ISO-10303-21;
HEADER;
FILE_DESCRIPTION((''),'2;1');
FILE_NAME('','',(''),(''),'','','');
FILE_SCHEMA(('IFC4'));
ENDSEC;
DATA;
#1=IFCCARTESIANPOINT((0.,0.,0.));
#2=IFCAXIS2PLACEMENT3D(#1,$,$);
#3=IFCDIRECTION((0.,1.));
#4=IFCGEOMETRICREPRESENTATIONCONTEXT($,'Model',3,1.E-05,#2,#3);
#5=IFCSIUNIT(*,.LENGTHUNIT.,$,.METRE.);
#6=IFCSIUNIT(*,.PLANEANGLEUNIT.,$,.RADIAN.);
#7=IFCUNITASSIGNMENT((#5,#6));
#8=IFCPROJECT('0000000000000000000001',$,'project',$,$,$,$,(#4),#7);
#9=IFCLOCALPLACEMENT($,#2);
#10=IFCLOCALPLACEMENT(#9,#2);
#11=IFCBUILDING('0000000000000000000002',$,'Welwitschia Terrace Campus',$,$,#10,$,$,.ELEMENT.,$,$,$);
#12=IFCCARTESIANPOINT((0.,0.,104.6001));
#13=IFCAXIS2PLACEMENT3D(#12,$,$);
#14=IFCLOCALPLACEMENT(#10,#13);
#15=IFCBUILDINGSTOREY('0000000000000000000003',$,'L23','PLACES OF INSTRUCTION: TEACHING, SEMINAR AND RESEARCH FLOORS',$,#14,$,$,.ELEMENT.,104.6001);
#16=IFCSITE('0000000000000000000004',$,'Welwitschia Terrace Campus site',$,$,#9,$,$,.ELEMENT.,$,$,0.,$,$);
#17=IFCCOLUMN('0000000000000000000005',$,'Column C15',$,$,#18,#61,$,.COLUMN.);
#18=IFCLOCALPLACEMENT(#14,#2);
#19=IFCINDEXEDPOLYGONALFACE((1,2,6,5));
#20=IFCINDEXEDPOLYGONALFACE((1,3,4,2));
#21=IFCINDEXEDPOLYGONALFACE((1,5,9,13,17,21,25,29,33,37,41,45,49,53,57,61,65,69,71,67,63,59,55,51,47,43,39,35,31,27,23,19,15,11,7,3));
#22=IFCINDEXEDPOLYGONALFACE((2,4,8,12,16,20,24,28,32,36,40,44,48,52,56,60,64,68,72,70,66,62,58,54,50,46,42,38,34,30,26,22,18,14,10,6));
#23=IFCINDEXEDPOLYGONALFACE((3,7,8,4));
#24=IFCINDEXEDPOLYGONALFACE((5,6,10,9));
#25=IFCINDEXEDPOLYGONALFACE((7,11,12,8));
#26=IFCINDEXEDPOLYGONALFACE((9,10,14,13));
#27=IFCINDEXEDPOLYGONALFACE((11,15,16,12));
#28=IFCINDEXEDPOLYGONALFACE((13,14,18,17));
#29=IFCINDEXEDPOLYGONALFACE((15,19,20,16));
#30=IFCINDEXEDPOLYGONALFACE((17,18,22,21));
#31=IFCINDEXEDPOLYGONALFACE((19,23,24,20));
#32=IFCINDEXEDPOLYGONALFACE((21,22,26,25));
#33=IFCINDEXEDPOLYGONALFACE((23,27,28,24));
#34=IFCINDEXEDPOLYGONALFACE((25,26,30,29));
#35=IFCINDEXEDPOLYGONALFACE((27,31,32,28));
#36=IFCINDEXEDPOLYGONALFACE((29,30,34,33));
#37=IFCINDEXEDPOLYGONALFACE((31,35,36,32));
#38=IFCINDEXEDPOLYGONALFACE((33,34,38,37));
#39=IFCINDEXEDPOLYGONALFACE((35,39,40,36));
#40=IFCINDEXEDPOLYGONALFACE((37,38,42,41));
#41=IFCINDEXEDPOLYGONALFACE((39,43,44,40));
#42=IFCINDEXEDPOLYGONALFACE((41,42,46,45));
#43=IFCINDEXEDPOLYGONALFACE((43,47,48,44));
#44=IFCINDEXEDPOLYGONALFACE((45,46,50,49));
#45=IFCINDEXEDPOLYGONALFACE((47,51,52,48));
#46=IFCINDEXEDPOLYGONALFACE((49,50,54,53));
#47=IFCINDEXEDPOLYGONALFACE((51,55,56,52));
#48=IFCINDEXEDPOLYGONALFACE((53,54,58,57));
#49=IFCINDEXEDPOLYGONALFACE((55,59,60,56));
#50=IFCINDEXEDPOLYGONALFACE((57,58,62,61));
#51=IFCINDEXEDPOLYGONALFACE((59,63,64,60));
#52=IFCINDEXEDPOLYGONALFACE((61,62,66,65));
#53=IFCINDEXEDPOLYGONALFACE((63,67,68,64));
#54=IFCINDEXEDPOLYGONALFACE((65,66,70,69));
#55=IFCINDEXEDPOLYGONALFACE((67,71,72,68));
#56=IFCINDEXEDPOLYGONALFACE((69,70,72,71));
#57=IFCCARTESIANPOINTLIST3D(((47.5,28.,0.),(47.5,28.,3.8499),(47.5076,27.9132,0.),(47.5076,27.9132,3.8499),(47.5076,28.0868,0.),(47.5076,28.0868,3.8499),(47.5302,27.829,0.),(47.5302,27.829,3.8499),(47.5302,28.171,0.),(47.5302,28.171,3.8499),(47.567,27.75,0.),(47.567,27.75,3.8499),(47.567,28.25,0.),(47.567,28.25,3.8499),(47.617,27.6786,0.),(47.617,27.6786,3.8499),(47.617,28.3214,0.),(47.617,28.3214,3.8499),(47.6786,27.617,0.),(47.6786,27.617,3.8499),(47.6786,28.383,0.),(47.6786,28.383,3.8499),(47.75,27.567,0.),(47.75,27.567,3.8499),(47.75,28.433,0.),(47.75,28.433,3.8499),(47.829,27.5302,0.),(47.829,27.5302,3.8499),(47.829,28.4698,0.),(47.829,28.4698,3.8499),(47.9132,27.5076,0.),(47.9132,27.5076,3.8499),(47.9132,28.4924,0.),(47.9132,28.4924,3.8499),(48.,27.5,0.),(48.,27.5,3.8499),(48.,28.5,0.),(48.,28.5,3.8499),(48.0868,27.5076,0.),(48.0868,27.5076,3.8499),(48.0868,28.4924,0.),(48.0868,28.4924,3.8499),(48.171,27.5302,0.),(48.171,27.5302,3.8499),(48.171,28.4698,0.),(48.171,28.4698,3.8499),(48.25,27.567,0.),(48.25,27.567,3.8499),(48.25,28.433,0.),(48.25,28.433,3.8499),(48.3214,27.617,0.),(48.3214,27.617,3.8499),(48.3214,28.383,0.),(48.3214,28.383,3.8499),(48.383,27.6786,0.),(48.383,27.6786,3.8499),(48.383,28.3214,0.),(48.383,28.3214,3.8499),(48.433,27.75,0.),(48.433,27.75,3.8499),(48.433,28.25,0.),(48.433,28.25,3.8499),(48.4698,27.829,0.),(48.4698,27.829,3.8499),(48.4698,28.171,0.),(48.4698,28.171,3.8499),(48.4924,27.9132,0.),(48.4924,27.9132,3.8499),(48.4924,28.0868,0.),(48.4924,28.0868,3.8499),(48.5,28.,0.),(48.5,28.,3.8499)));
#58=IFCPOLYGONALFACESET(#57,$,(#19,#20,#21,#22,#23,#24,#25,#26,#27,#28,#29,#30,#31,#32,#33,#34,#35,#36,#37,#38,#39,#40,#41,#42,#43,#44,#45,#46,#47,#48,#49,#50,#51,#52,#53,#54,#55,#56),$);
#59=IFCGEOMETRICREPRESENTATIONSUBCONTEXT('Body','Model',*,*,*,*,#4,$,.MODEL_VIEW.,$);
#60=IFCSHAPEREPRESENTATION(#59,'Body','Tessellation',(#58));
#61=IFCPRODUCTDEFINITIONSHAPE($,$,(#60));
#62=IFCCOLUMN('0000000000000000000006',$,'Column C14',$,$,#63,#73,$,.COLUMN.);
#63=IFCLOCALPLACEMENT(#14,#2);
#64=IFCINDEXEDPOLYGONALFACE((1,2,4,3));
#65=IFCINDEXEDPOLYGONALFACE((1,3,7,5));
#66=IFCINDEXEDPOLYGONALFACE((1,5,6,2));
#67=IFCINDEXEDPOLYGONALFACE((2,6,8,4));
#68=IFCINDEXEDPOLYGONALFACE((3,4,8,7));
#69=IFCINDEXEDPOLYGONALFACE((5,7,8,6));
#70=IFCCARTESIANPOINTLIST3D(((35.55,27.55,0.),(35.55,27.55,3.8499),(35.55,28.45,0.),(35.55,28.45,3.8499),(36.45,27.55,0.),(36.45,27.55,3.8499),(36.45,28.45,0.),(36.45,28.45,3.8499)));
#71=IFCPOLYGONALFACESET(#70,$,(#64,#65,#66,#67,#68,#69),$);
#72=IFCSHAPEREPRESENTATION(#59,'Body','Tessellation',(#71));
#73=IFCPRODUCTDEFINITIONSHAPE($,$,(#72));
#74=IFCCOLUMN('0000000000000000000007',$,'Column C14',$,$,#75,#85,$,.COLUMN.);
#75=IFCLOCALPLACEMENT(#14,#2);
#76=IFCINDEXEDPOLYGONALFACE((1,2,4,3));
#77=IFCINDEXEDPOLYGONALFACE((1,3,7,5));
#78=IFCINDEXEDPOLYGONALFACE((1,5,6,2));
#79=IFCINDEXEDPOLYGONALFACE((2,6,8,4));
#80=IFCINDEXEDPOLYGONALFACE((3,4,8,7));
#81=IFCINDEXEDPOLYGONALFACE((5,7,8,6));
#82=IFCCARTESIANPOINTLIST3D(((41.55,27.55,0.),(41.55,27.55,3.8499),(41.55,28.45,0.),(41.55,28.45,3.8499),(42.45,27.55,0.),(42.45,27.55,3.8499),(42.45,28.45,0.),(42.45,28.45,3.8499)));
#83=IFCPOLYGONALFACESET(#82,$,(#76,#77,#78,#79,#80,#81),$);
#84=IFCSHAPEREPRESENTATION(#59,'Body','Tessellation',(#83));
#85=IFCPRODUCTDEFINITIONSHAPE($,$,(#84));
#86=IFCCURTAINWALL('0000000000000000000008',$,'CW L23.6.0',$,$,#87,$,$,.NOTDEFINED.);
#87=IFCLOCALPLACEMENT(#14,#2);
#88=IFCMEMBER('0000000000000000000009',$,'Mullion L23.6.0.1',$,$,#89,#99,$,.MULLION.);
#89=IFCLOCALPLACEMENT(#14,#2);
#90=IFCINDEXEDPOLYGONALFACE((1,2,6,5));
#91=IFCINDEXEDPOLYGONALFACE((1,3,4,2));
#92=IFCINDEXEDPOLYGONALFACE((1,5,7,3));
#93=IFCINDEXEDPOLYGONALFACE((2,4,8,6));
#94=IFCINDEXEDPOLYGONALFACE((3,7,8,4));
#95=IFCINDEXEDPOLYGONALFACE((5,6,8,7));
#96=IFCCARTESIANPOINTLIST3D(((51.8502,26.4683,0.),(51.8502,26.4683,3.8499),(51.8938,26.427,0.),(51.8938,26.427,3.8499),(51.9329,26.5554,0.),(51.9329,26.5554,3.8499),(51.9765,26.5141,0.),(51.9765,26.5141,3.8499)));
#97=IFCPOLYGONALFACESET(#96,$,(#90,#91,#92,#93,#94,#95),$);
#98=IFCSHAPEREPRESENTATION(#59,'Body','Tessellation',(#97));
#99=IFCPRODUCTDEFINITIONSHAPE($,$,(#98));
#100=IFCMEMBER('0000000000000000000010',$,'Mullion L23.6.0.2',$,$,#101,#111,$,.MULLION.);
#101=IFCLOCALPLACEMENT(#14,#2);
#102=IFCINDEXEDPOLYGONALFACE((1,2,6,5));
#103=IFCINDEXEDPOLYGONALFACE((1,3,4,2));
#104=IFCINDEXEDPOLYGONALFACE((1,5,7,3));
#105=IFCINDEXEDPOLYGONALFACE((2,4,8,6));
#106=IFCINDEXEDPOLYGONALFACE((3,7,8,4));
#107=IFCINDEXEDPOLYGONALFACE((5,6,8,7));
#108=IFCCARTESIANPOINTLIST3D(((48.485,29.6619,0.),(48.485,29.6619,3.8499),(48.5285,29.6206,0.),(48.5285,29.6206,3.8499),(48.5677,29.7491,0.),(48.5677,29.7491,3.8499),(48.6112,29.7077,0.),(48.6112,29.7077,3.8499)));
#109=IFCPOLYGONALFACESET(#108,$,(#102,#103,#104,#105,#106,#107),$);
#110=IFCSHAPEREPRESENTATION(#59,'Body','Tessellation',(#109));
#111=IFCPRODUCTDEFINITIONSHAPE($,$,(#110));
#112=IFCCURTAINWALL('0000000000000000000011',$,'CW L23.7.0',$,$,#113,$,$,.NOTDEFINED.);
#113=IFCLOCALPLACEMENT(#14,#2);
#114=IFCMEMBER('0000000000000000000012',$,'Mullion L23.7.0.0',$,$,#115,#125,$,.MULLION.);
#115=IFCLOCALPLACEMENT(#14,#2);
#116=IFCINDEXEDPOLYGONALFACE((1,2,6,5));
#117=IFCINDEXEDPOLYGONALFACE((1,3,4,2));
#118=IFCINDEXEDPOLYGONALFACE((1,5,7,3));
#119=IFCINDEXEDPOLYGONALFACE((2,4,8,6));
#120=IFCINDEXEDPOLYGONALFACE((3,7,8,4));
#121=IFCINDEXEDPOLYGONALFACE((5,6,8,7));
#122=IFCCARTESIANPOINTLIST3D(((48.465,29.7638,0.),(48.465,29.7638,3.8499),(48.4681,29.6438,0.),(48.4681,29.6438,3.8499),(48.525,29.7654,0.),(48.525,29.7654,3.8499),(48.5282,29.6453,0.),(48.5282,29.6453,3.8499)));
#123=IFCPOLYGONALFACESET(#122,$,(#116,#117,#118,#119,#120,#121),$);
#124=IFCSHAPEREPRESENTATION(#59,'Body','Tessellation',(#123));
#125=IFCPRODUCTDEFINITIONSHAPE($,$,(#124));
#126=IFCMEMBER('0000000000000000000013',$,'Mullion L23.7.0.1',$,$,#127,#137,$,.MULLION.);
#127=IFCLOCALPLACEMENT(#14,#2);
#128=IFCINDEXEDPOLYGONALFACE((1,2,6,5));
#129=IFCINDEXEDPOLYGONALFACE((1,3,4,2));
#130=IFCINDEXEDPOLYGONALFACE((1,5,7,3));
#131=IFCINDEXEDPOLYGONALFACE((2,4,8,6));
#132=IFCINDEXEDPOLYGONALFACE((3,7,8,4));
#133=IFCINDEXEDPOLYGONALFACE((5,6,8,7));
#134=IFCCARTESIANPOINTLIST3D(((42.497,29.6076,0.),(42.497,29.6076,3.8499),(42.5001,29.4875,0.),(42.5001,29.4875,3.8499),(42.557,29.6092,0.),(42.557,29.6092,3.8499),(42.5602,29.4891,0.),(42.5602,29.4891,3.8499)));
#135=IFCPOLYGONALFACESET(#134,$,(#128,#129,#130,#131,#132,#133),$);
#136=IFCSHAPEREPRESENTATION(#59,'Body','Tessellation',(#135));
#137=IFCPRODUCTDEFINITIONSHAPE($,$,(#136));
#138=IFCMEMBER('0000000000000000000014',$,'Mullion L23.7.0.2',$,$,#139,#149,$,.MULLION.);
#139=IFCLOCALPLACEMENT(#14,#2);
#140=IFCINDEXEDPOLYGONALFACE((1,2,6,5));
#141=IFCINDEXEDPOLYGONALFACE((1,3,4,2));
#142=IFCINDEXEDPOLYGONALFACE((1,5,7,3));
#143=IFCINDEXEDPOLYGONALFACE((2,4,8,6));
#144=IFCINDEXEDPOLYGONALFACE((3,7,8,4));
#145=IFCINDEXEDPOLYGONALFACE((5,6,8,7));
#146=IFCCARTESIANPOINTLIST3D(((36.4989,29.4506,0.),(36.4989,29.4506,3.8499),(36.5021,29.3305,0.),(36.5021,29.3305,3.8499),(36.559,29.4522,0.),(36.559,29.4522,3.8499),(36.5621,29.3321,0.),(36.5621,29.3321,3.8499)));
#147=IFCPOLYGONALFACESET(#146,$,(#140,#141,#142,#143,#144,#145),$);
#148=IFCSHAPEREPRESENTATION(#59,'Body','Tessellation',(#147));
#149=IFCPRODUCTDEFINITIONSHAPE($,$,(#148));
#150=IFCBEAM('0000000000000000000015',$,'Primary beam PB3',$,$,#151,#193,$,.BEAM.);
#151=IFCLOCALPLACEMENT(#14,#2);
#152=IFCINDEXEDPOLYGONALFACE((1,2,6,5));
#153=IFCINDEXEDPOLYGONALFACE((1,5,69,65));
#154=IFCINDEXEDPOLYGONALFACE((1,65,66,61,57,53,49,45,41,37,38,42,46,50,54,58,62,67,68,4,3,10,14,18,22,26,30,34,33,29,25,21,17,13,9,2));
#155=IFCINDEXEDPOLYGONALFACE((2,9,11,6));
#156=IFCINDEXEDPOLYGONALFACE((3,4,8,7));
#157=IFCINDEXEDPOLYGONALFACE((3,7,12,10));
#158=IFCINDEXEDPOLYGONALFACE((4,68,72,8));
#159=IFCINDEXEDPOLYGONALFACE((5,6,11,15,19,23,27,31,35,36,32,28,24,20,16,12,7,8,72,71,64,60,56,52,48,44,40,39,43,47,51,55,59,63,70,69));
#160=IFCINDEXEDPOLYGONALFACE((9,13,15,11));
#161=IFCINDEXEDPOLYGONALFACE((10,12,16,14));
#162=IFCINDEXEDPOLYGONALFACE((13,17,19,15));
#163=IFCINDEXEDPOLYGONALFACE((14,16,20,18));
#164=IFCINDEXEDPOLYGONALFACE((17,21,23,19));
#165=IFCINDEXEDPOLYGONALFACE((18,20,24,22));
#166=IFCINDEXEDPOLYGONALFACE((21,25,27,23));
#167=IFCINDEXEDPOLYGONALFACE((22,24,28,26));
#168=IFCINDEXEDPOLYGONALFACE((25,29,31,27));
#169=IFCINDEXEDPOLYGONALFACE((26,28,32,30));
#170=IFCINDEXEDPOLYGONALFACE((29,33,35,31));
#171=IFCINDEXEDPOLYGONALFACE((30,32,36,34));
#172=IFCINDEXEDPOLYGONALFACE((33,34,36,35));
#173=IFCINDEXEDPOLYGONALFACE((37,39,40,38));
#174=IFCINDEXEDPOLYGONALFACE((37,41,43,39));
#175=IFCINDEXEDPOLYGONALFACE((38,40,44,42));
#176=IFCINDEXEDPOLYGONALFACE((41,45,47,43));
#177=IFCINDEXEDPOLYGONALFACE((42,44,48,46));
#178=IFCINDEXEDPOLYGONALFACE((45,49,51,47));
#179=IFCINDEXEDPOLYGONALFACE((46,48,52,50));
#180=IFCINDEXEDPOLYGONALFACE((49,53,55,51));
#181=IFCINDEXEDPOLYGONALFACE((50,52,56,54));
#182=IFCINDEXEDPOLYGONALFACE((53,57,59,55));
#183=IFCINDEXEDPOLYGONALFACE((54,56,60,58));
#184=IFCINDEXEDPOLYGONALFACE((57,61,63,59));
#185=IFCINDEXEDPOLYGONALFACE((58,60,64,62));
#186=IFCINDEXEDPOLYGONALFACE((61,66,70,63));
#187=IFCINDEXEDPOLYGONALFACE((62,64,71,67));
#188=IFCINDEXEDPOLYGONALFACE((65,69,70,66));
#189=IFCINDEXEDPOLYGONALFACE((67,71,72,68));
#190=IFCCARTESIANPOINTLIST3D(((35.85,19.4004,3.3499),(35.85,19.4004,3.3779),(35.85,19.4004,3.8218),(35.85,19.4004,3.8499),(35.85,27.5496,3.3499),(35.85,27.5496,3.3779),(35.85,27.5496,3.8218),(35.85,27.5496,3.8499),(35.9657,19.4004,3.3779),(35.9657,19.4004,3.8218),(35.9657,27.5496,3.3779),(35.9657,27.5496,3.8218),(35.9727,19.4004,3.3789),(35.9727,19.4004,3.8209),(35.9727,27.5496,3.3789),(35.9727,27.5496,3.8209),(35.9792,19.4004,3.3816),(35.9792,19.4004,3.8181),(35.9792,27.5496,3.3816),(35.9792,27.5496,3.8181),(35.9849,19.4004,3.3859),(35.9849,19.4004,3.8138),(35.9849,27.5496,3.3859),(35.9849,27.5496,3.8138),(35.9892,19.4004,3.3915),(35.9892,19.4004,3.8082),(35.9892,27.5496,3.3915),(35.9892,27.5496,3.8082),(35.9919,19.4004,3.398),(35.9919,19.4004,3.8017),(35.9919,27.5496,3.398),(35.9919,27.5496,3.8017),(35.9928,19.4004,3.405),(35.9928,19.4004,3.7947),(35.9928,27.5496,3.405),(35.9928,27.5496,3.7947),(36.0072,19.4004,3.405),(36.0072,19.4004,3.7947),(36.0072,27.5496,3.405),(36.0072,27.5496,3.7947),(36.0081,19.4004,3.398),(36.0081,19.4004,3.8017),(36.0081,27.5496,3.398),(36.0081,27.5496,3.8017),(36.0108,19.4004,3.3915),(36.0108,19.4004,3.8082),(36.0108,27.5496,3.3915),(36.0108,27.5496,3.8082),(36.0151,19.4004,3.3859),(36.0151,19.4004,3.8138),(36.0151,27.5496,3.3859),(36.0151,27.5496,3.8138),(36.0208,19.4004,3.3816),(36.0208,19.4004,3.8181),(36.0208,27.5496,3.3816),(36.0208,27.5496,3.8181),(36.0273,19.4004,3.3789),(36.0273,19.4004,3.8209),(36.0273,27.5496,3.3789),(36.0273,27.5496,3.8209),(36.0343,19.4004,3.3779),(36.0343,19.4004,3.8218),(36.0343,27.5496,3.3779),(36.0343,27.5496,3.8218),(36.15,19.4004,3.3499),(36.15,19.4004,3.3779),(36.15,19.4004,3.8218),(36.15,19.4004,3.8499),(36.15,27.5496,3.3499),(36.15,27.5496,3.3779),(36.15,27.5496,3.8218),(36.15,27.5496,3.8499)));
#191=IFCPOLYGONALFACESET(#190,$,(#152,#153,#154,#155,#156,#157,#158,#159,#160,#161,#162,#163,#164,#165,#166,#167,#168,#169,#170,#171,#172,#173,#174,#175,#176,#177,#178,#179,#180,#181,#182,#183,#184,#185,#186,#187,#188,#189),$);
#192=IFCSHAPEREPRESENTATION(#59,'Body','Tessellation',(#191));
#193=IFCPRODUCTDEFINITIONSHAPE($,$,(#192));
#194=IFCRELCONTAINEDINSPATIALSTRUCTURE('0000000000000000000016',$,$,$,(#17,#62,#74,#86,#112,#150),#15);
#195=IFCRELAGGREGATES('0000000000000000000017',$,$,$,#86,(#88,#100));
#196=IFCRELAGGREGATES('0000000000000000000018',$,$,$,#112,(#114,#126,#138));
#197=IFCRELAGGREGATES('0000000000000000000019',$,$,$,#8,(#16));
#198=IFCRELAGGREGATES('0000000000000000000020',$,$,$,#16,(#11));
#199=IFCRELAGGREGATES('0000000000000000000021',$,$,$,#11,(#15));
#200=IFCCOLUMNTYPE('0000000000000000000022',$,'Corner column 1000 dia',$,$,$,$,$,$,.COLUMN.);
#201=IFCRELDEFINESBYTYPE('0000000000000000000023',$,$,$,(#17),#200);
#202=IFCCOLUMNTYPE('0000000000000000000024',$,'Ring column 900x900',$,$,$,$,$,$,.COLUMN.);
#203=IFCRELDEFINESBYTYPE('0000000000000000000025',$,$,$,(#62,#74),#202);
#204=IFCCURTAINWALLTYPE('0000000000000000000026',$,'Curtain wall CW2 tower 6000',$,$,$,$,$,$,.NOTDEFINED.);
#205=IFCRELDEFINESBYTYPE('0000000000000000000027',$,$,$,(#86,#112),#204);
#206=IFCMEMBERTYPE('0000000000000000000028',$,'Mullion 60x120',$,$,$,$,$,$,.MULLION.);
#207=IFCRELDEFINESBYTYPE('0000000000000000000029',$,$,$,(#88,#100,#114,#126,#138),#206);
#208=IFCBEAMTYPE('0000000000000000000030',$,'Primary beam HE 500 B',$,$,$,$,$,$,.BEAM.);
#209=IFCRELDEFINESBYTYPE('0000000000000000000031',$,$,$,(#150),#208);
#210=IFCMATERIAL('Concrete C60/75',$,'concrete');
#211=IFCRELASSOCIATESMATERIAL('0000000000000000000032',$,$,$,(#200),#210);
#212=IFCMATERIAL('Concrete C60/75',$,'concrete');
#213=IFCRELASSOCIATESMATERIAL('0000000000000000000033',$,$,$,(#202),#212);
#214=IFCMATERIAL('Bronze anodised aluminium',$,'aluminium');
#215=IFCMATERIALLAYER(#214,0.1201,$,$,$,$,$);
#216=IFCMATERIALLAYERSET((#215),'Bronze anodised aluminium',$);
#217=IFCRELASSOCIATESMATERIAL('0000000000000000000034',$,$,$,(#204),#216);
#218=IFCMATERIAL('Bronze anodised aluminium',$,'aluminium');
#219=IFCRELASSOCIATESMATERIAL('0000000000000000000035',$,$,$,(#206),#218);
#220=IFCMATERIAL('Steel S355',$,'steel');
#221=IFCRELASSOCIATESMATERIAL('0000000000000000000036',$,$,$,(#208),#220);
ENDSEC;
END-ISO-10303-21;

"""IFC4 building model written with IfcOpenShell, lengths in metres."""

from ifc_helpers import new_model, si_unit, direction, frame, origin, origin_2d, place, context, subcontext, project, spatial, rectangle, circle, i_section, extrude, material, layer, layer_set, material_profile, profile_set, type_object, element, aggregate, save


model = new_model("IFC4")

# Units and contexts
model_context = context("Model", 3, precision=1e-05, world=origin(), true_north=direction((0.0, 1.0)))
body_context = subcontext(model_context, "Body", "Model", "MODEL_VIEW")
ifc_project = project(units=[si_unit("LENGTHUNIT", "METRE"), si_unit("PLANEANGLEUNIT", "RADIAN")], contexts=[model_context])

# Site, building, storey
site_placement = place(None, origin())
site = spatial("IfcSite", under=ifc_project, at=site_placement, Name="Welwitschia Terrace Campus site", CompositionType="ELEMENT", RefElevation=0.0)
building_placement = place(site_placement, origin())
building = spatial("IfcBuilding", under=site, at=building_placement, Name="Welwitschia Terrace Campus", CompositionType="ELEMENT")
storey_placement = place(building_placement, frame((0.0, 0.0, 104.6001)))
storey = spatial("IfcBuildingStorey", under=building, at=storey_placement, Name="L23", Description="PLACES OF INSTRUCTION: TEACHING, SEMINAR AND RESEARCH FLOORS", CompositionType="ELEMENT", Elevation=104.6001)

# Columns
ifc_material_1 = material(Name="Concrete C60/75", Category="concrete")
ifc_material_profile_1 = material_profile(ifc_material_1, circle(Radius=0.5, at=origin_2d()))
ifc_profile_set_1 = profile_set([ifc_material_profile_1], Name="Concrete C60/75")
column_type_1 = type_object("IfcColumnType", Name="Corner column 1000 dia", PredefinedType="COLUMN", material=ifc_profile_set_1)
column_placement = place(storey_placement, frame((48.0, 28.0, 0.0), z_axis=(0.0, 0.0, 1.0), x_axis=(1.0, 0.0, 0.0)))
element("IfcColumn", 1, at=column_placement, inside=storey, type_object=column_type_1, Name="Column C15", PredefinedType="COLUMN", context=body_context, shape_type="SweptSolid", body=[
    extrude(circle(Radius=0.5, at=origin_2d()), origin(), (0.0, 0.0, 1.0), 3.8499),
])
ifc_material_2 = material(Name="Concrete C60/75", Category="concrete")
ifc_material_profile_2 = material_profile(ifc_material_2, rectangle(XDim=0.8999, YDim=0.8999, at=origin_2d()))
ifc_profile_set_2 = profile_set([ifc_material_profile_2], Name="Concrete C60/75")
column_type_2 = type_object("IfcColumnType", Name="Ring column 900x900", PredefinedType="COLUMN", material=ifc_profile_set_2)
for number, where, z_axis, x_axis, name in (
    (2, (36.0, 28.0, 0.0), (0.0, 0.0, 1.0), (1.0, 0.0, 0.0), "Column C14"),
    (3, (42.0, 28.0, 0.0), (0.0, 0.0, 1.0), (1.0, 0.0, 0.0), "Column C14"),
):
    element("IfcColumn", number, at=place(storey_placement, frame(where, z_axis=z_axis, x_axis=x_axis)), inside=storey, type_object=column_type_2, Name=name, PredefinedType="COLUMN", context=body_context, shape_type="SweptSolid", body=[
        extrude(rectangle(XDim=0.8999, YDim=0.8999, at=origin_2d()), origin(), (0.0, 0.0, 1.0), 3.8499),
    ])

# Curtain walls, members
ifc_material_3 = material(Name="Bronze anodised aluminium", Category="aluminium")
ifc_layer_1 = layer(ifc_material_3, 0.1201)
ifc_layer_set_1 = layer_set([ifc_layer_1], Name="Bronze anodised aluminium")
curtain_wall_type = type_object("IfcCurtainWallType", Name="Curtain wall CW2 tower 6000", PredefinedType="NOTDEFINED", material=ifc_layer_set_1)
curtain_wall_1_placement = place(storey_placement, origin())
curtain_wall_1 = element("IfcCurtainWall", 4, at=curtain_wall_1_placement, inside=storey, type_object=curtain_wall_type, Name="CW L23.6.0", PredefinedType="NOTDEFINED")
ifc_material_4 = material(Name="Bronze anodised aluminium", Category="aluminium")
ifc_material_profile_3 = material_profile(ifc_material_4, rectangle(XDim=0.1201, YDim=0.0601, at=origin_2d()))
ifc_profile_set_3 = profile_set([ifc_material_profile_3], Name="Bronze anodised aluminium")
member_type_1 = type_object("IfcMemberType", Name="Mullion 60x120", PredefinedType="MULLION", material=ifc_profile_set_3)
member_1_placement = place(storey_placement, frame((51.9133, 26.4912, 0.0), z_axis=(0.0, 0.0, 1.0), x_axis=(-0.688355, -0.725374, 0.0)))
member_1 = element("IfcMember", 5, at=member_1_placement, type_object=member_type_1, Name="Mullion L23.6.0.1", PredefinedType="MULLION", context=body_context, shape_type="SweptSolid", body=[
    extrude(rectangle(XDim=0.1201, YDim=0.0601, at=origin_2d()), origin(), (0.0, 0.0, 1.0), 3.8499),
])
member_2_placement = place(storey_placement, frame((48.5481, 29.6848, 0.0), z_axis=(0.0, 0.0, 1.0), x_axis=(-0.688355, -0.725374, 0.0)))
member_2 = element("IfcMember", 6, at=member_2_placement, type_object=member_type_1, Name="Mullion L23.6.0.2", PredefinedType="MULLION", context=body_context, shape_type="SweptSolid", body=[
    extrude(rectangle(XDim=0.1201, YDim=0.0601, at=origin_2d()), origin(), (0.0, 0.0, 1.0), 3.8499),
])
curtain_wall_2_placement = place(storey_placement, origin())
curtain_wall_2 = element("IfcCurtainWall", 7, at=curtain_wall_2_placement, inside=storey, type_object=curtain_wall_type, Name="CW L23.7.0", PredefinedType="NOTDEFINED")
member_3_placement = place(storey_placement, frame((48.4966, 29.7046, 0.0), z_axis=(0.0, 0.0, 1.0), x_axis=(0.026177, -0.999657, 0.0)))
member_3 = element("IfcMember", 8, at=member_3_placement, type_object=member_type_1, Name="Mullion L23.7.0.0", PredefinedType="MULLION", context=body_context, shape_type="SweptSolid", body=[
    extrude(rectangle(XDim=0.1201, YDim=0.0601, at=origin_2d()), origin(), (0.0, 0.0, 1.0), 3.8499),
])
member_4_placement = place(storey_placement, frame((42.5286, 29.5483, 0.0), z_axis=(0.0, 0.0, 1.0), x_axis=(0.026177, -0.999657, 0.0)))
member_4 = element("IfcMember", 9, at=member_4_placement, type_object=member_type_1, Name="Mullion L23.7.0.1", PredefinedType="MULLION", context=body_context, shape_type="SweptSolid", body=[
    extrude(rectangle(XDim=0.1201, YDim=0.0601, at=origin_2d()), origin(), (0.0, 0.0, 1.0), 3.8499),
])
member_5_placement = place(storey_placement, frame((36.5305, 29.3914, 0.0), z_axis=(0.0, 0.0, 1.0), x_axis=(0.026177, -0.999657, 0.0)))
member_5 = element("IfcMember", 10, at=member_5_placement, type_object=member_type_1, Name="Mullion L23.7.0.2", PredefinedType="MULLION", context=body_context, shape_type="SweptSolid", body=[
    extrude(rectangle(XDim=0.1201, YDim=0.0601, at=origin_2d()), origin(), (0.0, 0.0, 1.0), 3.8499),
])

# Beam
ifc_material_5 = material(Name="Steel S355", Category="steel")
ifc_material_profile_4 = material_profile(ifc_material_5, i_section(OverallWidth=0.3, OverallDepth=0.5, WebThickness=0.0144, FlangeThickness=0.0281, FilletRadius=0.0271, at=origin_2d()))
ifc_profile_set_4 = profile_set([ifc_material_profile_4], Name="Steel S355")
beam_type_1 = type_object("IfcBeamType", Name="Primary beam HE 500 B", PredefinedType="BEAM", material=ifc_profile_set_4)
beam_1_placement = place(storey_placement, frame((36.0, 27.5496, 3.5999), z_axis=(0.0, -1.0, 0.0), x_axis=(1.0, 0.0, 0.0)))
element("IfcBeam", 11, at=beam_1_placement, inside=storey, type_object=beam_type_1, Name="Primary beam PB3", PredefinedType="BEAM", context=body_context, shape_type="SweptSolid", body=[
    extrude(i_section(OverallWidth=0.3, OverallDepth=0.5, WebThickness=0.0144, FlangeThickness=0.0281, FilletRadius=0.0271, at=origin_2d()), origin(), (0.0, 0.0, 1.0), 8.1492),
])

aggregate(curtain_wall_1, [member_1, member_2])
aggregate(curtain_wall_2, [member_3, member_4, member_5])

save(model, "model.ifc")
